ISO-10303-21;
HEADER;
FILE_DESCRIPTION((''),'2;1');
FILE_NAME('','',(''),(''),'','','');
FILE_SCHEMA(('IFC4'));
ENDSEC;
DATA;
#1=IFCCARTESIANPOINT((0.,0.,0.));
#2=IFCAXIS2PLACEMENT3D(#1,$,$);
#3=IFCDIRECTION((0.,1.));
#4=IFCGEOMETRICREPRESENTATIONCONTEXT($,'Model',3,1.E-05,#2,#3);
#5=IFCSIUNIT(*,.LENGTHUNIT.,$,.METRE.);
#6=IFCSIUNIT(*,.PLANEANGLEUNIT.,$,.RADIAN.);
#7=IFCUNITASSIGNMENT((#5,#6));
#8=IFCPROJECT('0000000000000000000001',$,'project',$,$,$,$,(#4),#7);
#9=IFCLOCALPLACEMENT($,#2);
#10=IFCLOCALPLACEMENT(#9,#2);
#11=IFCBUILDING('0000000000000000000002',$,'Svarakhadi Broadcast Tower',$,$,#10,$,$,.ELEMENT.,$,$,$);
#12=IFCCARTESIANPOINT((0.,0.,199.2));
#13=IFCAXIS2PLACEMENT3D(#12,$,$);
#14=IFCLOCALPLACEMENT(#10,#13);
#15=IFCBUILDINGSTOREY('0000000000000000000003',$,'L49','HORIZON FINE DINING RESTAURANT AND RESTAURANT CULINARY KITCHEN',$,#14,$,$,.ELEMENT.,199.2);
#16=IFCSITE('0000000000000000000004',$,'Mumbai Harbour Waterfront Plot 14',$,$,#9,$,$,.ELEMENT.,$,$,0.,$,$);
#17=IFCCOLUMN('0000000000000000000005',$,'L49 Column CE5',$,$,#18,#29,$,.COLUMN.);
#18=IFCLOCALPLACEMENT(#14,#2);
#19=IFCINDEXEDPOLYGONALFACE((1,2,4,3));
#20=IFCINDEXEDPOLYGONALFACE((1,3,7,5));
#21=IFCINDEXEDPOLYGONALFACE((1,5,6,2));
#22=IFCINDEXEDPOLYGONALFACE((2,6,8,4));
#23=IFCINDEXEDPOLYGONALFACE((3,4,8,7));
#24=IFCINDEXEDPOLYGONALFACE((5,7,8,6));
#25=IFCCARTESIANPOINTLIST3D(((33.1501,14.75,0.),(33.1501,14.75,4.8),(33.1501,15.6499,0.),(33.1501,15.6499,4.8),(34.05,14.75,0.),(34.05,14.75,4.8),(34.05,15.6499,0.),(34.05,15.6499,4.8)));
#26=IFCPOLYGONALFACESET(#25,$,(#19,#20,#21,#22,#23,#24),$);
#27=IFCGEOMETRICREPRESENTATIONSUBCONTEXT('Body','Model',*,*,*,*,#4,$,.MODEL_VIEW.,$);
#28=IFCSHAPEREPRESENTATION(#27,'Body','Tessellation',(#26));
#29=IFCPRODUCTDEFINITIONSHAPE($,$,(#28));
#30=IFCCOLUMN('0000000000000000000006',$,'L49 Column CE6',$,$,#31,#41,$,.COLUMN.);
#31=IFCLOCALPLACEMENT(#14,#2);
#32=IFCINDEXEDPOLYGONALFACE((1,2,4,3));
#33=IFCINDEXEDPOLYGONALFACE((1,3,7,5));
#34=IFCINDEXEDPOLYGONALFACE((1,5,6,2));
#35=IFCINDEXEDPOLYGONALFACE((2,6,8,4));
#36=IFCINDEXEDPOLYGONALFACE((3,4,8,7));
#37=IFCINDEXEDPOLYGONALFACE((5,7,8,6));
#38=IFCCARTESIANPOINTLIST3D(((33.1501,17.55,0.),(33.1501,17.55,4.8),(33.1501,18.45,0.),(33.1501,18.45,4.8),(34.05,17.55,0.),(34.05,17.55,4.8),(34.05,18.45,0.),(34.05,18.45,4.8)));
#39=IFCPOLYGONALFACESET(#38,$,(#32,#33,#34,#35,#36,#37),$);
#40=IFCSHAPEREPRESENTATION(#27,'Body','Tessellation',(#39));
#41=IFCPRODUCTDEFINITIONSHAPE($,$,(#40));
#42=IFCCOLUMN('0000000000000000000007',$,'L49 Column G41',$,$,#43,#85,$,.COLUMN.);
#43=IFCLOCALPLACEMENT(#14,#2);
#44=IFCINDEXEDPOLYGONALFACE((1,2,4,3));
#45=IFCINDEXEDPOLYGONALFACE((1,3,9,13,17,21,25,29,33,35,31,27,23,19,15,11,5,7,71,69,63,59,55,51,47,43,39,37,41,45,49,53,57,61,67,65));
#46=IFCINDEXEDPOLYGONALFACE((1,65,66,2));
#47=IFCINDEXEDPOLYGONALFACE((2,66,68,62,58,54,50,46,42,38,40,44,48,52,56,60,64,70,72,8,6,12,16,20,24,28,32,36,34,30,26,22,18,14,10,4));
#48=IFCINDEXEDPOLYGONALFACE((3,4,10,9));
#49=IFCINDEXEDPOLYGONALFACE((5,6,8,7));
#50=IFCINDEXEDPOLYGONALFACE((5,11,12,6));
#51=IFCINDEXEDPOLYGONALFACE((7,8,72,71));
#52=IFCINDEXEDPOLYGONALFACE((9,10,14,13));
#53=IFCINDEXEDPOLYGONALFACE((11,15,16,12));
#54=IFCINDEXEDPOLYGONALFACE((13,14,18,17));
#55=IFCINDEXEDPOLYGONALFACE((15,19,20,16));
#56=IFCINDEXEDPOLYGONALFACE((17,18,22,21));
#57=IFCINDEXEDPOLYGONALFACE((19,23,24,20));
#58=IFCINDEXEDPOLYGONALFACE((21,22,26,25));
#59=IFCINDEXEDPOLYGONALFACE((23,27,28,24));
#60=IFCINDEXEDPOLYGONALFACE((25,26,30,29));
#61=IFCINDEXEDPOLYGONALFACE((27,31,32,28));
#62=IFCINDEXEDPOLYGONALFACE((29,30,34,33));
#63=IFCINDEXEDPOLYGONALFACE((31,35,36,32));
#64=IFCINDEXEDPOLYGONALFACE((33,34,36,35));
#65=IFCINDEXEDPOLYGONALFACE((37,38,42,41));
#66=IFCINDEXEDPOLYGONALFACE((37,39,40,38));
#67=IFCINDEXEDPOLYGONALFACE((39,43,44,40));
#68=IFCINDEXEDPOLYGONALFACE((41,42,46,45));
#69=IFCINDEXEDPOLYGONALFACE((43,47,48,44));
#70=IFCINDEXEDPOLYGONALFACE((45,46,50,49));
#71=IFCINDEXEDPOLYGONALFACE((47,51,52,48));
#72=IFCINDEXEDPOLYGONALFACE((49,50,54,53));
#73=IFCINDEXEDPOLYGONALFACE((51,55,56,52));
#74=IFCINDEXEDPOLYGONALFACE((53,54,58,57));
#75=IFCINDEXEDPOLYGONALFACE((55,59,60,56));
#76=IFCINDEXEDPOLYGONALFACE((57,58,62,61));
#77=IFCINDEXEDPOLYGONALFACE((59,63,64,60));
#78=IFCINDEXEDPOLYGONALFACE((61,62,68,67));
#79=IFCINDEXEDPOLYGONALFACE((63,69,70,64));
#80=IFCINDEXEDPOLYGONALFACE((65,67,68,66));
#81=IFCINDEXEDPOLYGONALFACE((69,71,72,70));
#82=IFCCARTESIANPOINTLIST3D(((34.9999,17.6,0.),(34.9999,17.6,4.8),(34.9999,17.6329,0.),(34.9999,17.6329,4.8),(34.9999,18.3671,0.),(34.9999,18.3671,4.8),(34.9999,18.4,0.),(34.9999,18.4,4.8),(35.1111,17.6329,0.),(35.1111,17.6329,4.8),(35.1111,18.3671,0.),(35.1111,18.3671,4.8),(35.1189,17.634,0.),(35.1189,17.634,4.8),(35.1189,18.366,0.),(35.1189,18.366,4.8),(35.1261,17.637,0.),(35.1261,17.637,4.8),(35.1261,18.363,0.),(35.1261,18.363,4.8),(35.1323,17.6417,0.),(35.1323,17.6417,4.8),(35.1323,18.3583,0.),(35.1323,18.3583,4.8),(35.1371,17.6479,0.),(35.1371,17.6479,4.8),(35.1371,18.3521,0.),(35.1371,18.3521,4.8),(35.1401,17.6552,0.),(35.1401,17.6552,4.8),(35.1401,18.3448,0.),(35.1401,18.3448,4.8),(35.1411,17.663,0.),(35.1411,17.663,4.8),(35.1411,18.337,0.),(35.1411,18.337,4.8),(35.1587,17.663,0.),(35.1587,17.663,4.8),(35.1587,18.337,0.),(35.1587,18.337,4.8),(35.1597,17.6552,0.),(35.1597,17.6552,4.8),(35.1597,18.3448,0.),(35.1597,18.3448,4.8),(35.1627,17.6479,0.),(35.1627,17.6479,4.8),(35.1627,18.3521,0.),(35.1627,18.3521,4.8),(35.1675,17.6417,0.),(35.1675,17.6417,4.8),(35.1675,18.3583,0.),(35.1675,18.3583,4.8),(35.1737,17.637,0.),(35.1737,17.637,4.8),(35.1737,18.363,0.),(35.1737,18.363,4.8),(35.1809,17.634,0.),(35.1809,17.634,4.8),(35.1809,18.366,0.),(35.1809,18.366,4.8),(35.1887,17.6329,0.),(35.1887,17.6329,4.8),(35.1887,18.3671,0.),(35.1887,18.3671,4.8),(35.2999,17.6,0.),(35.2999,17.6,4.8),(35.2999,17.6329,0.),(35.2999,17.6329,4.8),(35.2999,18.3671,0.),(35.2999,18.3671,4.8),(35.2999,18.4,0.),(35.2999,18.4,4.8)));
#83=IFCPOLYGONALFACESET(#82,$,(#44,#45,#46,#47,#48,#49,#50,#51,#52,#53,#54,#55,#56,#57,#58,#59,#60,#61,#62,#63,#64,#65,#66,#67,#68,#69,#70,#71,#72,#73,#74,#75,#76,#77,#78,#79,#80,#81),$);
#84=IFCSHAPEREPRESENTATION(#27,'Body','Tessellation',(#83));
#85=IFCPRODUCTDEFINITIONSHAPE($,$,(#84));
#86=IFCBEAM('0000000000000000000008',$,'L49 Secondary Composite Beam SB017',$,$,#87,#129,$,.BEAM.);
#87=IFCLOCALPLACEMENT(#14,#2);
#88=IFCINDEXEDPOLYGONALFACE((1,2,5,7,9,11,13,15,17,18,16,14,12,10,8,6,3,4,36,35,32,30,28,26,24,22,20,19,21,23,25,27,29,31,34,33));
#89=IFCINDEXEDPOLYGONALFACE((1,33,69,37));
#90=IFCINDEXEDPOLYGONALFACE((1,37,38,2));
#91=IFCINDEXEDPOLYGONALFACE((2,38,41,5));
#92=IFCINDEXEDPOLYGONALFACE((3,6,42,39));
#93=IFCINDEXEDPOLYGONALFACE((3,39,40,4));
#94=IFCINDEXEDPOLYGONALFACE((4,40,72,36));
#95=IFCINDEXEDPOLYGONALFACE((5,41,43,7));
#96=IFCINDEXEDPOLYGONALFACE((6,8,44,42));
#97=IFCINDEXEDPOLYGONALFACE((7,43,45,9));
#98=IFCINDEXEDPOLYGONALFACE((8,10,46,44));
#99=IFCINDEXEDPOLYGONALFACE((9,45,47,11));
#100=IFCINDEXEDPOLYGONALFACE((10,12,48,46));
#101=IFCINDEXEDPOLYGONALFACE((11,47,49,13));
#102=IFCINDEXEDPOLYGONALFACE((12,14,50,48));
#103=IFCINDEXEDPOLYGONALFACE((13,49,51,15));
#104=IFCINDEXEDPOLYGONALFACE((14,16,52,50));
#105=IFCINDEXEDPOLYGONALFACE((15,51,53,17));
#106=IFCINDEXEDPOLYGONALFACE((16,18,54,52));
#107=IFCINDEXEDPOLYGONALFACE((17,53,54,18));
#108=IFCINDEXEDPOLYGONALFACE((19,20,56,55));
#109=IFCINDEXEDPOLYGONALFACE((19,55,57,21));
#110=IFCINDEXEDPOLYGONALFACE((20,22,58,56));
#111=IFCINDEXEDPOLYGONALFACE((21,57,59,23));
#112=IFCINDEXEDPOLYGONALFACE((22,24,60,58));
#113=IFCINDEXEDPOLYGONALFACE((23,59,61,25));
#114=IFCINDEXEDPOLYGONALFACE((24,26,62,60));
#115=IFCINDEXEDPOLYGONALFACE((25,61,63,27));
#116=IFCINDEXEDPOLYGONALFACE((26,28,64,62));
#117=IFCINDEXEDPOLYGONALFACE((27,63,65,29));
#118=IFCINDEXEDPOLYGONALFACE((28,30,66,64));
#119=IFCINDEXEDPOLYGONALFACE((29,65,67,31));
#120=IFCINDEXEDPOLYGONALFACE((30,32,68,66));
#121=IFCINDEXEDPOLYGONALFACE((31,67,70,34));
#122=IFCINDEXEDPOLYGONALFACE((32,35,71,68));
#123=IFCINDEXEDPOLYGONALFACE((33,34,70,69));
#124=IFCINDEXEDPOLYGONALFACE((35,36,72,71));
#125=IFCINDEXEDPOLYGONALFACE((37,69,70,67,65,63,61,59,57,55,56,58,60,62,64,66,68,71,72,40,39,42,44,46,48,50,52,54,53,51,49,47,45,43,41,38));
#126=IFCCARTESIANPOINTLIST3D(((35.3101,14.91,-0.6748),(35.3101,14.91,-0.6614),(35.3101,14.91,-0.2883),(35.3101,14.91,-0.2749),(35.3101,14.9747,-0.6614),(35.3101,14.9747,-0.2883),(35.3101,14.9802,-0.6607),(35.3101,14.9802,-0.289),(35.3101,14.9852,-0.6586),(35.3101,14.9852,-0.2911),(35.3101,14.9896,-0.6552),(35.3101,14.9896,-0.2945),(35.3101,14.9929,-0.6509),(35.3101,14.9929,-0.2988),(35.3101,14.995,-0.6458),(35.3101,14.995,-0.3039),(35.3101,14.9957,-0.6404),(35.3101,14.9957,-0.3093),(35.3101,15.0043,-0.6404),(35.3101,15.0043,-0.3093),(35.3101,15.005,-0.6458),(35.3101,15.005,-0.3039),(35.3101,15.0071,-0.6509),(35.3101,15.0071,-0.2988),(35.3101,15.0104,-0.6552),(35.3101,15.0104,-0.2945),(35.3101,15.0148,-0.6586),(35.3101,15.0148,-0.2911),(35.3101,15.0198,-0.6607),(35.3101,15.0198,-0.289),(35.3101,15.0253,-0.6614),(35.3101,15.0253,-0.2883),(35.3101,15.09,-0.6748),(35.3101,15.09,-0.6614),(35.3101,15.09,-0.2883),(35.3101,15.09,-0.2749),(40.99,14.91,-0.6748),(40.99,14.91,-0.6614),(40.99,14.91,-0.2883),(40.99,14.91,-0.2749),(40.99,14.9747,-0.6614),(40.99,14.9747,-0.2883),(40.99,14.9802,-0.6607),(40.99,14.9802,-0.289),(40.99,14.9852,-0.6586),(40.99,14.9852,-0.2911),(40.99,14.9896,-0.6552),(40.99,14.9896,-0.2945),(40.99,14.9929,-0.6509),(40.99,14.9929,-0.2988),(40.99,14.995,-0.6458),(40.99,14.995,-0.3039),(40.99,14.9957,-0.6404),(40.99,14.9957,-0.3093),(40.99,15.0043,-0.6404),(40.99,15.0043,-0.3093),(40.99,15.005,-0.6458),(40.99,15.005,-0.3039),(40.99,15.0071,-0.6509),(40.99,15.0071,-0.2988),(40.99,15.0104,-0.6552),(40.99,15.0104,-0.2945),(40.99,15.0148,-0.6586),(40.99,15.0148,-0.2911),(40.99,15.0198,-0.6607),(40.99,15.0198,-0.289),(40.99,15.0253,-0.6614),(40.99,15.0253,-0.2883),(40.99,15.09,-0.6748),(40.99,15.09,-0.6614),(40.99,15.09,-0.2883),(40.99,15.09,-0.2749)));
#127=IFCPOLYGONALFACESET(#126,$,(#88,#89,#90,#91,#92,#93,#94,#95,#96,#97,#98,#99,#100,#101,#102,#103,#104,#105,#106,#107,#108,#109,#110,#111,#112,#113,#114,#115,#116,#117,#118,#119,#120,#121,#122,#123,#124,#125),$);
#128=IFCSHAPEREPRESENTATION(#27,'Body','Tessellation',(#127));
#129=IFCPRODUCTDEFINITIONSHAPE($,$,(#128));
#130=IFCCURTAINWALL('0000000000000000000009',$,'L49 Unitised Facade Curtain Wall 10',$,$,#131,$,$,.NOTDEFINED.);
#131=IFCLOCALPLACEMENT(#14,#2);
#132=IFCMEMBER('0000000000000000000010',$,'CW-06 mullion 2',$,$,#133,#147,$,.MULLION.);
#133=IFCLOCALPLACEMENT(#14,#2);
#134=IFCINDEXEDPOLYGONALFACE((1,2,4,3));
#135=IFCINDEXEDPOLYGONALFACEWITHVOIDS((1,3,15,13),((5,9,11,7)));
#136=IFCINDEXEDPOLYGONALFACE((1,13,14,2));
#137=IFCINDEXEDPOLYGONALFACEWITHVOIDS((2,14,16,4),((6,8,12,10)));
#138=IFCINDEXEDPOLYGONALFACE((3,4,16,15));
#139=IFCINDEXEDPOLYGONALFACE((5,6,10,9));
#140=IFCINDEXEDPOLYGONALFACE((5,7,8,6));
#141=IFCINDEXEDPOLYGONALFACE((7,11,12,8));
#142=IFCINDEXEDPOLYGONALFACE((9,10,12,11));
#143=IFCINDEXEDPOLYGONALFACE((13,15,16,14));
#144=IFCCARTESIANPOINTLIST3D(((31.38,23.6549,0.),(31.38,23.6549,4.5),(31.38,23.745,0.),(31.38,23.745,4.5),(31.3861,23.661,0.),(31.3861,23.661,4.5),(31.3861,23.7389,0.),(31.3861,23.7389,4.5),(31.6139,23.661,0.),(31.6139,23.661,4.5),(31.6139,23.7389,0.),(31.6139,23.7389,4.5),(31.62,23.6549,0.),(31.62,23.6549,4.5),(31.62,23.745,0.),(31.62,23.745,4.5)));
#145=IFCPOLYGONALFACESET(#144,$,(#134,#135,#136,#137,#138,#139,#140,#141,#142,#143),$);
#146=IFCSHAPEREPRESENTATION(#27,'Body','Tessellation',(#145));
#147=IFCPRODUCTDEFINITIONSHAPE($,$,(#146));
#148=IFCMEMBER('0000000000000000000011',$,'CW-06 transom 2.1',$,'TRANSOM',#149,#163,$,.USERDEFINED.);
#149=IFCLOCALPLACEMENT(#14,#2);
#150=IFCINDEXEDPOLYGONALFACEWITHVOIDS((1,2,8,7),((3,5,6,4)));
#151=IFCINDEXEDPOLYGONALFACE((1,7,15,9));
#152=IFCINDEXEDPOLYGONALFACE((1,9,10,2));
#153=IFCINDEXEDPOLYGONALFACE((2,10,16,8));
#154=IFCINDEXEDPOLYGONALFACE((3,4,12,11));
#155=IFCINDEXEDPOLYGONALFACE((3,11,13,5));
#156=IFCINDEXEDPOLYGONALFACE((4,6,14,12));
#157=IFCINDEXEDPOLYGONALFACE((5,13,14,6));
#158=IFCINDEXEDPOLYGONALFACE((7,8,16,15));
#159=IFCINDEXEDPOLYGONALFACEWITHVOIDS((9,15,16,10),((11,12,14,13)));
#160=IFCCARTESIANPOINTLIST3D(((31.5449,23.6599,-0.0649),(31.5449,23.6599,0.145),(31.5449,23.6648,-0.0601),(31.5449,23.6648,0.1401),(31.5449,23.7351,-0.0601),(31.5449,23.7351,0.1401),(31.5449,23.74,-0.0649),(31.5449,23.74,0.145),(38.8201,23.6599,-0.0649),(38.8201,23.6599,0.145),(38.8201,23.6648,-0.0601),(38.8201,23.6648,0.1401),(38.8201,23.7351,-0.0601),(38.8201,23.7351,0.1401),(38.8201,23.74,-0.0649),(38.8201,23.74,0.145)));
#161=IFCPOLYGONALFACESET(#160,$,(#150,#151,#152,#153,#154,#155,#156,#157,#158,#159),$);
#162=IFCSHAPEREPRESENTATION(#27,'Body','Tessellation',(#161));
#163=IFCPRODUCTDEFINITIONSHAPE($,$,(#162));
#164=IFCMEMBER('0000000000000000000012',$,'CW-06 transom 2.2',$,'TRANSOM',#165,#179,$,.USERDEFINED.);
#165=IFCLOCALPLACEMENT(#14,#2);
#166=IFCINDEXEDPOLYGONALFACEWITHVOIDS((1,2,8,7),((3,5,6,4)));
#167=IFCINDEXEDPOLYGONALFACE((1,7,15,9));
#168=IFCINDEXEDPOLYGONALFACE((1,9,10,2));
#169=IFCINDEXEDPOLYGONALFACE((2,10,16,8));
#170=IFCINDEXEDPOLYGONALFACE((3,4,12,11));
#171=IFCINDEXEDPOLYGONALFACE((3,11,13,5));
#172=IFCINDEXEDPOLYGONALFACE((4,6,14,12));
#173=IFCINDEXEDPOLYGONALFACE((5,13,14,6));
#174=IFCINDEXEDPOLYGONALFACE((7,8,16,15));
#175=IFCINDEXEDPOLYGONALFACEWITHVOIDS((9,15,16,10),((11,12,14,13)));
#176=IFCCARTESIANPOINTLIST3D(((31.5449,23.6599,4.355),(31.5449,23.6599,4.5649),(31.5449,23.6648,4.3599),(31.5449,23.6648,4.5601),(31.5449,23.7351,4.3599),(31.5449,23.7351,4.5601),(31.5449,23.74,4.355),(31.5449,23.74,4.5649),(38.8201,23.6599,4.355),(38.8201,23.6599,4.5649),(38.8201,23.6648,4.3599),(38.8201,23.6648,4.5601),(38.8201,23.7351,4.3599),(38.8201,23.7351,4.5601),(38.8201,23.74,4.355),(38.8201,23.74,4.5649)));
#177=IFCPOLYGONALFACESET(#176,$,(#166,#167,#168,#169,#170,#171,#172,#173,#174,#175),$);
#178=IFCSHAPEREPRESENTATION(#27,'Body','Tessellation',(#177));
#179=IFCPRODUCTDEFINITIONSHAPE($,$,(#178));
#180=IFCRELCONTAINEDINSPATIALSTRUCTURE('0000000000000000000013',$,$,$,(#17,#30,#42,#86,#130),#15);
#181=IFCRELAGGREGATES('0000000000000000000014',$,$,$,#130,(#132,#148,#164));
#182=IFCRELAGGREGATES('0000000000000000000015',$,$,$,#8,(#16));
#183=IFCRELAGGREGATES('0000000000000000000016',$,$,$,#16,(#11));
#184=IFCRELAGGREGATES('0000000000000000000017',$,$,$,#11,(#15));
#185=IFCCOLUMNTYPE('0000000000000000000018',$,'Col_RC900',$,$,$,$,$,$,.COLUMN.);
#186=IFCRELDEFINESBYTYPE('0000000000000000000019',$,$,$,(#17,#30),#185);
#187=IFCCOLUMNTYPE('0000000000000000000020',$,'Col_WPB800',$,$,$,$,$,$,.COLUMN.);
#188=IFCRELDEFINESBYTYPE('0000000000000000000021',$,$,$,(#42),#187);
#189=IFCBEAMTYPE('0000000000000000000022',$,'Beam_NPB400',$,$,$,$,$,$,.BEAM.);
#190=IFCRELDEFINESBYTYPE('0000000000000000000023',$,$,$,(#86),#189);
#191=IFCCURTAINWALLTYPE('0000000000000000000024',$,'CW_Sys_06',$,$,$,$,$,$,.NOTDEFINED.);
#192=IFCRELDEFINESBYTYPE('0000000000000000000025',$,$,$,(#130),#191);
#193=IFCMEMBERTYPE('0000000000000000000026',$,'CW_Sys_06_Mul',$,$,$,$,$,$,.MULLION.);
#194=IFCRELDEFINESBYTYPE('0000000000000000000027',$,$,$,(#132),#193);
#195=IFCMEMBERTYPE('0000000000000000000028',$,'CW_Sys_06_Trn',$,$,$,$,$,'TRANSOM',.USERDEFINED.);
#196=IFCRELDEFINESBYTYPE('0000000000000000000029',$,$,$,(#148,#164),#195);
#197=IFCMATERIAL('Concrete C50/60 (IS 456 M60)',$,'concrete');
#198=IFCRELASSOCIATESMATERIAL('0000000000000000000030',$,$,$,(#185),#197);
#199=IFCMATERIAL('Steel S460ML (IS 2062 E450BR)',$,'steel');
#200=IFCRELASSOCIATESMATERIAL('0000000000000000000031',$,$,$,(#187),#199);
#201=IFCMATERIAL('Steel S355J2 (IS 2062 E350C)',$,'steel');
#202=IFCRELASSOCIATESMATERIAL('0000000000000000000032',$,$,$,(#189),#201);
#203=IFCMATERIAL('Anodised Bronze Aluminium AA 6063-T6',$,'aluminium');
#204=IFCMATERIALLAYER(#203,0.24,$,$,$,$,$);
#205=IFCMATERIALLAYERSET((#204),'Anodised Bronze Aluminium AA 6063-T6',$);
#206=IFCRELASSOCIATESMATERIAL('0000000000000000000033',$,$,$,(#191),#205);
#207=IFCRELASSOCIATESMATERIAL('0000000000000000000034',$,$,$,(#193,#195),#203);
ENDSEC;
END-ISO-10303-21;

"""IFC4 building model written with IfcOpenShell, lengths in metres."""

from ifc_helpers import new_model, si_unit, direction, frame, origin, origin_2d, place, context, subcontext, project, spatial, rectangle, hollow_rectangle, i_section, extrude, material, layer, layer_set, material_profile, profile_set, type_object, element, aggregate, save


model = new_model("IFC4")

# Units and contexts
model_context = context("Model", 3, precision=1e-05, world=origin(), true_north=direction((0.0, 1.0)))
body_context = subcontext(model_context, "Body", "Model", "MODEL_VIEW")
ifc_project = project(units=[si_unit("LENGTHUNIT", "METRE"), si_unit("PLANEANGLEUNIT", "RADIAN")], contexts=[model_context])

# Site, building, storey
site_placement = place(None, origin())
site = spatial("IfcSite", under=ifc_project, at=site_placement, Name="Mumbai Harbour Waterfront Plot 14", CompositionType="ELEMENT", RefElevation=0.0)
building_placement = place(site_placement, origin())
building = spatial("IfcBuilding", under=site, at=building_placement, Name="Svarakhadi Broadcast Tower", CompositionType="ELEMENT")
storey_placement = place(building_placement, frame((0.0, 0.0, 199.2)))
storey = spatial("IfcBuildingStorey", under=building, at=storey_placement, Name="L49", Description="HORIZON FINE DINING RESTAURANT AND RESTAURANT CULINARY KITCHEN", CompositionType="ELEMENT", Elevation=199.2)

# Columns
ifc_material_1 = material(Name="Concrete C50/60 (IS 456 M60)", Category="concrete")
ifc_material_profile_1 = material_profile(ifc_material_1, rectangle(XDim=0.8999, YDim=0.8999, at=origin_2d()), Name="RC 900x900")
ifc_profile_set_1 = profile_set([ifc_material_profile_1], Name="Concrete C50/60 (IS 456 M60)")
column_type_1 = type_object("IfcColumnType", Name="Col_RC900", PredefinedType="COLUMN", material=ifc_profile_set_1)
for number, where, z_axis, x_axis, name in (
    (1, (33.6001, 15.2, 0.0), (0.0, 0.0, 1.0), (1.0, 0.0, 0.0), "L49 Column CE5"),
    (2, (33.6001, 18.0, 0.0), (0.0, 0.0, 1.0), (1.0, 0.0, 0.0), "L49 Column CE6"),
):
    element("IfcColumn", number, at=place(storey_placement, frame(where, z_axis=z_axis, x_axis=x_axis)), inside=storey, type_object=column_type_1, Name=name, PredefinedType="COLUMN", context=body_context, shape_type="SweptSolid", body=[
        extrude(rectangle(XDim=0.8999, YDim=0.8999, at=origin_2d()), origin(), (0.0, 0.0, 1.0), 4.8),
    ])
ifc_material_2 = material(Name="Steel S460ML (IS 2062 E450BR)", Category="steel")
ifc_material_profile_2 = material_profile(ifc_material_2, i_section(OverallWidth=0.3, OverallDepth=0.8, WebThickness=0.0176, FlangeThickness=0.033, FilletRadius=0.03, at=origin_2d()), Name="WPB 800x300x262")
ifc_profile_set_2 = profile_set([ifc_material_profile_2], Name="Steel S460ML (IS 2062 E450BR)")
column_type_2 = type_object("IfcColumnType", Name="Col_WPB800", PredefinedType="COLUMN", material=ifc_profile_set_2)
column_placement = place(storey_placement, frame((35.1499, 18.0, 0.0), z_axis=(0.0, 0.0, 1.0), x_axis=(1.0, 0.0, 0.0)))
element("IfcColumn", 3, at=column_placement, inside=storey, type_object=column_type_2, Name="L49 Column G41", PredefinedType="COLUMN", context=body_context, shape_type="SweptSolid", body=[
    extrude(i_section(OverallWidth=0.3, OverallDepth=0.8, WebThickness=0.0176, FlangeThickness=0.033, FilletRadius=0.03, at=origin_2d()), origin(), (0.0, 0.0, 1.0), 4.8),
])

# Beam
ifc_material_3 = material(Name="Steel S355J2 (IS 2062 E350C)", Category="steel")
ifc_material_profile_3 = material_profile(ifc_material_3, i_section(OverallWidth=0.1799, OverallDepth=0.3999, WebThickness=0.0085, FlangeThickness=0.0134, FilletRadius=0.021, at=origin_2d()), Name="NPB 400x180x66")
ifc_profile_set_3 = profile_set([ifc_material_profile_3], Name="Steel S355J2 (IS 2062 E350C)")
beam_type_1 = type_object("IfcBeamType", Name="Beam_NPB400", PredefinedType="BEAM", material=ifc_profile_set_3)
beam_1_placement = place(storey_placement, frame((35.3101, 15.0, -0.4749), z_axis=(1.0, 0.0, 0.0), x_axis=(0.0, 1.0, 0.0)))
element("IfcBeam", 4, at=beam_1_placement, inside=storey, type_object=beam_type_1, Name="L49 Secondary Composite Beam SB017", PredefinedType="BEAM", context=body_context, shape_type="SweptSolid", body=[
    extrude(i_section(OverallWidth=0.1799, OverallDepth=0.3999, WebThickness=0.0085, FlangeThickness=0.0134, FilletRadius=0.021, at=origin_2d()), origin(), (0.0, 0.0, 1.0), 5.6799),
])

# Curtain wall, members
ifc_material_4 = material(Name="Anodised Bronze Aluminium AA 6063-T6", Category="aluminium")
ifc_layer_1 = layer(ifc_material_4, 0.24)
ifc_layer_set_1 = layer_set([ifc_layer_1], Name="Anodised Bronze Aluminium AA 6063-T6")
curtain_wall_type = type_object("IfcCurtainWallType", Name="CW_Sys_06", PredefinedType="NOTDEFINED", material=ifc_layer_set_1)
curtain_wall_placement = place(storey_placement, origin())
curtain_wall = element("IfcCurtainWall", 5, at=curtain_wall_placement, inside=storey, type_object=curtain_wall_type, Name="L49 Unitised Facade Curtain Wall 10", PredefinedType="NOTDEFINED")
ifc_material_profile_4 = material_profile(ifc_material_4, hollow_rectangle(XDim=0.0901, YDim=0.24, WallThickness=0.0061, at=origin_2d()), Name="ALU MULLION 240x90x6")
ifc_profile_set_4 = profile_set([ifc_material_profile_4], Name="Anodised Bronze Aluminium AA 6063-T6")
member_type_1 = type_object("IfcMemberType", Name="CW_Sys_06_Mul", PredefinedType="MULLION", material=ifc_profile_set_4)
member_1_placement = place(storey_placement, frame((31.5, 23.7, 0.0), z_axis=(0.0, 0.0, 1.0), x_axis=(0.0, 1.0, 0.0)))
member_1 = element("IfcMember", 6, at=member_1_placement, type_object=member_type_1, Name="CW-06 mullion 2", PredefinedType="MULLION", context=body_context, shape_type="SweptSolid", body=[
    extrude(hollow_rectangle(XDim=0.0901, YDim=0.24, WallThickness=0.0061, at=origin_2d()), origin(), (0.0, 0.0, 1.0), 4.5),
])
ifc_material_profile_5 = material_profile(ifc_material_4, hollow_rectangle(XDim=0.0801, YDim=0.21, WallThickness=0.0049, at=origin_2d()), Name="ALU TRANSOM 210x80x5")
ifc_profile_set_5 = profile_set([ifc_material_profile_5], Name="Anodised Bronze Aluminium AA 6063-T6")
member_type_2 = type_object("IfcMemberType", Name="CW_Sys_06_Trn", ElementType="TRANSOM", PredefinedType="USERDEFINED", material=ifc_profile_set_5)
member_2_placement = place(storey_placement, frame((31.5449, 23.7, 0.04), z_axis=(1.0, 0.0, 0.0), x_axis=(0.0, 1.0, 0.0)))
member_2 = element("IfcMember", 7, at=member_2_placement, type_object=member_type_2, Name="CW-06 transom 2.1", ObjectType="TRANSOM", PredefinedType="USERDEFINED", context=body_context, shape_type="SweptSolid", body=[
    extrude(hollow_rectangle(XDim=0.0801, YDim=0.21, WallThickness=0.0049, at=origin_2d()), origin(), (0.0, 0.0, 1.0), 7.2751),
])
member_3_placement = place(storey_placement, frame((31.5449, 23.7, 4.46), z_axis=(1.0, 0.0, 0.0), x_axis=(0.0, 1.0, 0.0)))
member_3 = element("IfcMember", 8, at=member_3_placement, type_object=member_type_2, Name="CW-06 transom 2.2", ObjectType="TRANSOM", PredefinedType="USERDEFINED", context=body_context, shape_type="SweptSolid", body=[
    extrude(hollow_rectangle(XDim=0.0801, YDim=0.21, WallThickness=0.0049, at=origin_2d()), origin(), (0.0, 0.0, 1.0), 7.2751),
])

aggregate(curtain_wall, [member_1, member_2, member_3])

save(model, "model.ifc")
